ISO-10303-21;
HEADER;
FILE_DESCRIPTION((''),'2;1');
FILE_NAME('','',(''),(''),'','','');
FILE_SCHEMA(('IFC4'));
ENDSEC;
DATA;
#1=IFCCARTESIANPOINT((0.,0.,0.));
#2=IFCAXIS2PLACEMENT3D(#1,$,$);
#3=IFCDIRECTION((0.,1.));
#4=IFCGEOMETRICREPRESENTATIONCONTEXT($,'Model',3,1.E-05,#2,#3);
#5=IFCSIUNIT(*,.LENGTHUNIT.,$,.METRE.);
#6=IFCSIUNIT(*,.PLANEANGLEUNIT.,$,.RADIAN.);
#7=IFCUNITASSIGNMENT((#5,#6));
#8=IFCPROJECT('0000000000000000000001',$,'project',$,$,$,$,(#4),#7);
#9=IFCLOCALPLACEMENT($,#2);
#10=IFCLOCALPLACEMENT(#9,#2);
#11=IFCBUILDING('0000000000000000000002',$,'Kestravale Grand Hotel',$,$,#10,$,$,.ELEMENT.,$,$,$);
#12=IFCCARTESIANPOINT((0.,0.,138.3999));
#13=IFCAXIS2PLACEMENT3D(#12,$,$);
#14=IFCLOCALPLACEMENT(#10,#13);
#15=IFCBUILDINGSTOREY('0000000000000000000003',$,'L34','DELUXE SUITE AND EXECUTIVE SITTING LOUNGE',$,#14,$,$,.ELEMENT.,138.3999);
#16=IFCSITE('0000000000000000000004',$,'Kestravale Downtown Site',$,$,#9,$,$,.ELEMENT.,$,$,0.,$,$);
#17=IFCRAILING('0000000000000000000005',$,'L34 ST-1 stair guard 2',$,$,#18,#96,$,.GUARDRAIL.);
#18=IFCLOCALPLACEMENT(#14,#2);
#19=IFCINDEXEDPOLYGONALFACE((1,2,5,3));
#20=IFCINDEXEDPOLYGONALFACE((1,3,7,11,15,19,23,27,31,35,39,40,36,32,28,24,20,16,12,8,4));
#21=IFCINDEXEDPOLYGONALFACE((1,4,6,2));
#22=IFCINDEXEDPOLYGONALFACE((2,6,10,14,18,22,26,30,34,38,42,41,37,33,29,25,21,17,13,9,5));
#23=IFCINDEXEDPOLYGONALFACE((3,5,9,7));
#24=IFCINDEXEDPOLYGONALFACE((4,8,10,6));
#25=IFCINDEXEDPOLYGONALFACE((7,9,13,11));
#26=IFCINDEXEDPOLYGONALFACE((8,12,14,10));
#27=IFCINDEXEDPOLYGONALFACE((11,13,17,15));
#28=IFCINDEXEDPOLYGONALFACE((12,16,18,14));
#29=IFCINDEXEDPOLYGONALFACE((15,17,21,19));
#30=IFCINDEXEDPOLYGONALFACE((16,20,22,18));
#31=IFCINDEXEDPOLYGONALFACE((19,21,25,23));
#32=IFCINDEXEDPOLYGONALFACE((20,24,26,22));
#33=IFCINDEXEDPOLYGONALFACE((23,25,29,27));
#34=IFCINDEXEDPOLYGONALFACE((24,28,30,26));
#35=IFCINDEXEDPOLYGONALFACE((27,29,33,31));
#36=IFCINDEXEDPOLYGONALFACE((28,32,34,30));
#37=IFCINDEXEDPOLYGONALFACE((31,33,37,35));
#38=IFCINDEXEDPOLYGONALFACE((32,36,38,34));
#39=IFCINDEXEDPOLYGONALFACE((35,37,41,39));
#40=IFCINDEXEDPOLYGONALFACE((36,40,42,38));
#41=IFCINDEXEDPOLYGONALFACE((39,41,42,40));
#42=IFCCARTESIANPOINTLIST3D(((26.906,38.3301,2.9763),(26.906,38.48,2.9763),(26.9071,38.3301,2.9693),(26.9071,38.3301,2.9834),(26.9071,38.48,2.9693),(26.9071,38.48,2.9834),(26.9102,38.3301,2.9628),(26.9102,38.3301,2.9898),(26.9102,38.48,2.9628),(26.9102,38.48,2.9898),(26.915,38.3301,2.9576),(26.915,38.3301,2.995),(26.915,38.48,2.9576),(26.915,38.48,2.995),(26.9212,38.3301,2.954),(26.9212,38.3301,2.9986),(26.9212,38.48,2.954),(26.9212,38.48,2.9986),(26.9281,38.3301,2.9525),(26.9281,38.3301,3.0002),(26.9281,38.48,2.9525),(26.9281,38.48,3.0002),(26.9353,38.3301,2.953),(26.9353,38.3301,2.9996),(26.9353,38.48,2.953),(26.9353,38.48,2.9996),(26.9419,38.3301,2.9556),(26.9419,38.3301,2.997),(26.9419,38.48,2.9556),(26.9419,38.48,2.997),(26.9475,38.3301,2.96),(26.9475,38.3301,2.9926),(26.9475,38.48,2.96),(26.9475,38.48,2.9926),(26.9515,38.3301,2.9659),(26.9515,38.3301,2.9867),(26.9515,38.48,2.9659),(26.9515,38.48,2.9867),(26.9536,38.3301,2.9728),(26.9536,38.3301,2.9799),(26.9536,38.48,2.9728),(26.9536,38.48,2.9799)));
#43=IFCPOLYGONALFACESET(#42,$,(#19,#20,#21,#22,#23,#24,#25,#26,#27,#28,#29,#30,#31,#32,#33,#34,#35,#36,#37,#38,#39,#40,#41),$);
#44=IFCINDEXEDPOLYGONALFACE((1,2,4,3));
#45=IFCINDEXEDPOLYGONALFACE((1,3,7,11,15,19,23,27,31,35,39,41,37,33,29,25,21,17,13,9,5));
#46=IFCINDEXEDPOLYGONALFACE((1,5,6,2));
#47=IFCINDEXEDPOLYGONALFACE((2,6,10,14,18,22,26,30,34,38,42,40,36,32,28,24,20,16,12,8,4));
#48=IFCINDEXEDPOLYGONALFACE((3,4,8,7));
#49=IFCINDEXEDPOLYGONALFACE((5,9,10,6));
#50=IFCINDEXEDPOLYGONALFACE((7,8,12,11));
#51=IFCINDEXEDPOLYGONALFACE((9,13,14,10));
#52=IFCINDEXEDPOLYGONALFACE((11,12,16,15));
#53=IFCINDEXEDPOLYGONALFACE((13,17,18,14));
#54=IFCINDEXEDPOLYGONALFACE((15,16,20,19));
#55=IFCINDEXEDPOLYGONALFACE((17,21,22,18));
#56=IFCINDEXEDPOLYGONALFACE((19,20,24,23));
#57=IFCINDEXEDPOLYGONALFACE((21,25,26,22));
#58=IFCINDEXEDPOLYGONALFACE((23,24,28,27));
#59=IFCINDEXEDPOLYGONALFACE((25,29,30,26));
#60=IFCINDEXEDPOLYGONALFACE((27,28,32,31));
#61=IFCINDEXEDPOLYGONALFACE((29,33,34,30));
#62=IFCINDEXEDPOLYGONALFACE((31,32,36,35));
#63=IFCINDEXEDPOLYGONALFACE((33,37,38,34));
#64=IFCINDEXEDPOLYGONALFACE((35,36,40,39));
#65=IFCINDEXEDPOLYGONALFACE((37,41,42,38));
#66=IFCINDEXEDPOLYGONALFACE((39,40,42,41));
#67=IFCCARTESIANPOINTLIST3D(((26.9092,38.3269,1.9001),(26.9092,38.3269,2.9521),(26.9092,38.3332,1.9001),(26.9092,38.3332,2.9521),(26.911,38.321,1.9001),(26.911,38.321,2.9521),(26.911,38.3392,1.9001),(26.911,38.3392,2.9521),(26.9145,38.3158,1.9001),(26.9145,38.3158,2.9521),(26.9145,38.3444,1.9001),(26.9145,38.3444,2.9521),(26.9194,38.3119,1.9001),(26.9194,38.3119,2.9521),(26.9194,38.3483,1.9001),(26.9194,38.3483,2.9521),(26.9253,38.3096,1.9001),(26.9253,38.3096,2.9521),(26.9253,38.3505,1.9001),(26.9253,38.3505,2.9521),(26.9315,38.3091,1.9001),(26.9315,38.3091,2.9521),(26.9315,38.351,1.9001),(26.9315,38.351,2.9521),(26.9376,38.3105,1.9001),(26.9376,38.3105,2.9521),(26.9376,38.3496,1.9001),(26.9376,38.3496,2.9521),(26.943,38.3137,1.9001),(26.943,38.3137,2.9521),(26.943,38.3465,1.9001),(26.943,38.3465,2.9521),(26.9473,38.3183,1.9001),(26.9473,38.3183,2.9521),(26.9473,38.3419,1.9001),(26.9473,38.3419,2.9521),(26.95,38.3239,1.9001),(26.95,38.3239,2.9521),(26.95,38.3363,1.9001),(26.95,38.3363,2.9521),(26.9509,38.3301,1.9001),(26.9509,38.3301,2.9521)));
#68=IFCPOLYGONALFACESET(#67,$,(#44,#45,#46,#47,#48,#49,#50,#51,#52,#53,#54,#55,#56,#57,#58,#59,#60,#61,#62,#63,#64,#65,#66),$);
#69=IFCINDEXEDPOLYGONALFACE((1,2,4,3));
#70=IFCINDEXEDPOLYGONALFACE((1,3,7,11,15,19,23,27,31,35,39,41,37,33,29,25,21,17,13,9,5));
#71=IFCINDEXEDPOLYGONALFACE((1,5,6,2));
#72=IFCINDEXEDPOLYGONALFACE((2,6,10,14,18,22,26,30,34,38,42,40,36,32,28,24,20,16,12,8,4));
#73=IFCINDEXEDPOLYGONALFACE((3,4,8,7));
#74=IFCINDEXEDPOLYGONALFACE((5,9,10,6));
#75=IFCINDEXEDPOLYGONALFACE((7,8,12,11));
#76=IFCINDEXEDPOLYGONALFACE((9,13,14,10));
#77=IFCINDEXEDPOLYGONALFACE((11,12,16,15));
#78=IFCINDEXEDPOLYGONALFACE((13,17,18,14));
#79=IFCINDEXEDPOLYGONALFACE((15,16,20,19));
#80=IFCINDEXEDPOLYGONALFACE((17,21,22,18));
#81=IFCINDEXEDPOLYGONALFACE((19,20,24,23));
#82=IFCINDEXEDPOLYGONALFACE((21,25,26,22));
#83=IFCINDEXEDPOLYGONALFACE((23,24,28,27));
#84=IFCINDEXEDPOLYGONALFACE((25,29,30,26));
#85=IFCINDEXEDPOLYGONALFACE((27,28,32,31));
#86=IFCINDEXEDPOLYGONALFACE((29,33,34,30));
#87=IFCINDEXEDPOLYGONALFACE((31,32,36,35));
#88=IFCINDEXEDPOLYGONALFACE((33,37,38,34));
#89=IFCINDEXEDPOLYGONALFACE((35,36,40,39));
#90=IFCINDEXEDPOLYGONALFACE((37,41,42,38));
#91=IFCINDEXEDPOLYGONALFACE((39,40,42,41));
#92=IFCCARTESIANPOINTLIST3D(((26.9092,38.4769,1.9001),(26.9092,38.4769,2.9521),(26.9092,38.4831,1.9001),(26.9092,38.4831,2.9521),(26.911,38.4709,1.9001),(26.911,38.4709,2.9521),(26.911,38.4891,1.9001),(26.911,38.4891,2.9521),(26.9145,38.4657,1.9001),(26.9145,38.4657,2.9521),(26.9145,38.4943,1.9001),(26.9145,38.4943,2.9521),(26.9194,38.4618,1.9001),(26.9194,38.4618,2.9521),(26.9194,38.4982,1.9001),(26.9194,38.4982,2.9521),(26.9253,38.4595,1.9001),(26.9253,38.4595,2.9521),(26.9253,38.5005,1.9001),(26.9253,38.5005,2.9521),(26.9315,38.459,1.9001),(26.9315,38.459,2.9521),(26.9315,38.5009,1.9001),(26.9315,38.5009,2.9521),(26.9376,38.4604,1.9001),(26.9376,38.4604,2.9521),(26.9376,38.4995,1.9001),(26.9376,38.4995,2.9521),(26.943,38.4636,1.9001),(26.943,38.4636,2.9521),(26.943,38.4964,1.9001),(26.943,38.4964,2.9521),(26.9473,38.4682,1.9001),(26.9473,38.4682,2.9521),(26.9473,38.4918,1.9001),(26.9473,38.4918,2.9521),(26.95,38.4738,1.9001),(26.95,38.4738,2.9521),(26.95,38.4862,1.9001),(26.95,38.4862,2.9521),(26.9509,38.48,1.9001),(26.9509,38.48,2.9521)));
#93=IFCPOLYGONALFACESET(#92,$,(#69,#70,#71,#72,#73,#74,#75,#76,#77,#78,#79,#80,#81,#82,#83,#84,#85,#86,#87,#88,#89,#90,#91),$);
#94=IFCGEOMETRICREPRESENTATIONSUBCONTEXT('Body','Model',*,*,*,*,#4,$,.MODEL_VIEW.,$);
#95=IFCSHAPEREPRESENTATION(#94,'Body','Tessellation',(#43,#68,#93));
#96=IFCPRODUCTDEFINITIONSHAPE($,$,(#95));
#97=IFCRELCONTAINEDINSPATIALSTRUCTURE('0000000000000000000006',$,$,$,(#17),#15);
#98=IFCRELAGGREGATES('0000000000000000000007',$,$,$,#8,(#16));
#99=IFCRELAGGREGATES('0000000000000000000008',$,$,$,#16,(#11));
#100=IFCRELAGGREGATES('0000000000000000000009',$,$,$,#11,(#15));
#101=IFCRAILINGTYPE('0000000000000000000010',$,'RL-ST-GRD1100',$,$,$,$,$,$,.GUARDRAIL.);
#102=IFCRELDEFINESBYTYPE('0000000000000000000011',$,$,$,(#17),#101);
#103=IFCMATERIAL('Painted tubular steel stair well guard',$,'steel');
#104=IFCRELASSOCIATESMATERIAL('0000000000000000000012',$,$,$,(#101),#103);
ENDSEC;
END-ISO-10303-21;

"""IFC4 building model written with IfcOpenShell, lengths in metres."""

from ifc_helpers import new_model, si_unit, direction, frame, origin, origin_2d, place, context, subcontext, project, spatial, circle, extrude, material, type_object, element, save


model = new_model("IFC4")

# Units and contexts
model_context = context("Model", 3, precision=1e-05, world=origin(), true_north=direction((0.0, 1.0)))
body_context = subcontext(model_context, "Body", "Model", "MODEL_VIEW")
ifc_project = project(units=[si_unit("LENGTHUNIT", "METRE"), si_unit("PLANEANGLEUNIT", "RADIAN")], contexts=[model_context])

# Site, building, storey
site_placement = place(None, origin())
site = spatial("IfcSite", under=ifc_project, at=site_placement, Name="Kestravale Downtown Site", CompositionType="ELEMENT", RefElevation=0.0)
building_placement = place(site_placement, origin())
building = spatial("IfcBuilding", under=site, at=building_placement, Name="Kestravale Grand Hotel", CompositionType="ELEMENT")
storey_placement = place(building_placement, frame((0.0, 0.0, 138.3999)))
storey = spatial("IfcBuildingStorey", under=building, at=storey_placement, Name="L34", Description="DELUXE SUITE AND EXECUTIVE SITTING LOUNGE", CompositionType="ELEMENT", Elevation=138.3999)

# Railing
ifc_material_1 = material(Name="Painted tubular steel stair well guard", Category="steel")
railing_type_1 = type_object("IfcRailingType", Name="RL-ST-GRD1100", PredefinedType="GUARDRAIL", material=ifc_material_1)
railing_1_placement = place(storey_placement, frame((26.9299, 38.3301, 1.9001)))
element("IfcRailing", 1, at=railing_1_placement, inside=storey, type_object=railing_type_1, Name="L34 ST-1 stair guard 2", PredefinedType="GUARDRAIL", context=body_context, shape_type="SweptSolid", body=[
    extrude(circle(Radius=0.0239, at=origin_2d()), frame((0.0, 0.0, 1.0762), z_axis=(0.0, 1.0, 0.0), x_axis=(-1.0, 0.0, 0.0)), (0.0, 0.0, 1.0), 0.1499),
    extrude(circle(Radius=0.021, at=origin_2d()), origin(), (0.0, 0.0, 1.0), 1.052),
    extrude(circle(Radius=0.021, at=origin_2d()), frame((0.0, 0.1499, 0.0)), (0.0, 0.0, 1.0), 1.052),
])

save(model, "model.ifc")
